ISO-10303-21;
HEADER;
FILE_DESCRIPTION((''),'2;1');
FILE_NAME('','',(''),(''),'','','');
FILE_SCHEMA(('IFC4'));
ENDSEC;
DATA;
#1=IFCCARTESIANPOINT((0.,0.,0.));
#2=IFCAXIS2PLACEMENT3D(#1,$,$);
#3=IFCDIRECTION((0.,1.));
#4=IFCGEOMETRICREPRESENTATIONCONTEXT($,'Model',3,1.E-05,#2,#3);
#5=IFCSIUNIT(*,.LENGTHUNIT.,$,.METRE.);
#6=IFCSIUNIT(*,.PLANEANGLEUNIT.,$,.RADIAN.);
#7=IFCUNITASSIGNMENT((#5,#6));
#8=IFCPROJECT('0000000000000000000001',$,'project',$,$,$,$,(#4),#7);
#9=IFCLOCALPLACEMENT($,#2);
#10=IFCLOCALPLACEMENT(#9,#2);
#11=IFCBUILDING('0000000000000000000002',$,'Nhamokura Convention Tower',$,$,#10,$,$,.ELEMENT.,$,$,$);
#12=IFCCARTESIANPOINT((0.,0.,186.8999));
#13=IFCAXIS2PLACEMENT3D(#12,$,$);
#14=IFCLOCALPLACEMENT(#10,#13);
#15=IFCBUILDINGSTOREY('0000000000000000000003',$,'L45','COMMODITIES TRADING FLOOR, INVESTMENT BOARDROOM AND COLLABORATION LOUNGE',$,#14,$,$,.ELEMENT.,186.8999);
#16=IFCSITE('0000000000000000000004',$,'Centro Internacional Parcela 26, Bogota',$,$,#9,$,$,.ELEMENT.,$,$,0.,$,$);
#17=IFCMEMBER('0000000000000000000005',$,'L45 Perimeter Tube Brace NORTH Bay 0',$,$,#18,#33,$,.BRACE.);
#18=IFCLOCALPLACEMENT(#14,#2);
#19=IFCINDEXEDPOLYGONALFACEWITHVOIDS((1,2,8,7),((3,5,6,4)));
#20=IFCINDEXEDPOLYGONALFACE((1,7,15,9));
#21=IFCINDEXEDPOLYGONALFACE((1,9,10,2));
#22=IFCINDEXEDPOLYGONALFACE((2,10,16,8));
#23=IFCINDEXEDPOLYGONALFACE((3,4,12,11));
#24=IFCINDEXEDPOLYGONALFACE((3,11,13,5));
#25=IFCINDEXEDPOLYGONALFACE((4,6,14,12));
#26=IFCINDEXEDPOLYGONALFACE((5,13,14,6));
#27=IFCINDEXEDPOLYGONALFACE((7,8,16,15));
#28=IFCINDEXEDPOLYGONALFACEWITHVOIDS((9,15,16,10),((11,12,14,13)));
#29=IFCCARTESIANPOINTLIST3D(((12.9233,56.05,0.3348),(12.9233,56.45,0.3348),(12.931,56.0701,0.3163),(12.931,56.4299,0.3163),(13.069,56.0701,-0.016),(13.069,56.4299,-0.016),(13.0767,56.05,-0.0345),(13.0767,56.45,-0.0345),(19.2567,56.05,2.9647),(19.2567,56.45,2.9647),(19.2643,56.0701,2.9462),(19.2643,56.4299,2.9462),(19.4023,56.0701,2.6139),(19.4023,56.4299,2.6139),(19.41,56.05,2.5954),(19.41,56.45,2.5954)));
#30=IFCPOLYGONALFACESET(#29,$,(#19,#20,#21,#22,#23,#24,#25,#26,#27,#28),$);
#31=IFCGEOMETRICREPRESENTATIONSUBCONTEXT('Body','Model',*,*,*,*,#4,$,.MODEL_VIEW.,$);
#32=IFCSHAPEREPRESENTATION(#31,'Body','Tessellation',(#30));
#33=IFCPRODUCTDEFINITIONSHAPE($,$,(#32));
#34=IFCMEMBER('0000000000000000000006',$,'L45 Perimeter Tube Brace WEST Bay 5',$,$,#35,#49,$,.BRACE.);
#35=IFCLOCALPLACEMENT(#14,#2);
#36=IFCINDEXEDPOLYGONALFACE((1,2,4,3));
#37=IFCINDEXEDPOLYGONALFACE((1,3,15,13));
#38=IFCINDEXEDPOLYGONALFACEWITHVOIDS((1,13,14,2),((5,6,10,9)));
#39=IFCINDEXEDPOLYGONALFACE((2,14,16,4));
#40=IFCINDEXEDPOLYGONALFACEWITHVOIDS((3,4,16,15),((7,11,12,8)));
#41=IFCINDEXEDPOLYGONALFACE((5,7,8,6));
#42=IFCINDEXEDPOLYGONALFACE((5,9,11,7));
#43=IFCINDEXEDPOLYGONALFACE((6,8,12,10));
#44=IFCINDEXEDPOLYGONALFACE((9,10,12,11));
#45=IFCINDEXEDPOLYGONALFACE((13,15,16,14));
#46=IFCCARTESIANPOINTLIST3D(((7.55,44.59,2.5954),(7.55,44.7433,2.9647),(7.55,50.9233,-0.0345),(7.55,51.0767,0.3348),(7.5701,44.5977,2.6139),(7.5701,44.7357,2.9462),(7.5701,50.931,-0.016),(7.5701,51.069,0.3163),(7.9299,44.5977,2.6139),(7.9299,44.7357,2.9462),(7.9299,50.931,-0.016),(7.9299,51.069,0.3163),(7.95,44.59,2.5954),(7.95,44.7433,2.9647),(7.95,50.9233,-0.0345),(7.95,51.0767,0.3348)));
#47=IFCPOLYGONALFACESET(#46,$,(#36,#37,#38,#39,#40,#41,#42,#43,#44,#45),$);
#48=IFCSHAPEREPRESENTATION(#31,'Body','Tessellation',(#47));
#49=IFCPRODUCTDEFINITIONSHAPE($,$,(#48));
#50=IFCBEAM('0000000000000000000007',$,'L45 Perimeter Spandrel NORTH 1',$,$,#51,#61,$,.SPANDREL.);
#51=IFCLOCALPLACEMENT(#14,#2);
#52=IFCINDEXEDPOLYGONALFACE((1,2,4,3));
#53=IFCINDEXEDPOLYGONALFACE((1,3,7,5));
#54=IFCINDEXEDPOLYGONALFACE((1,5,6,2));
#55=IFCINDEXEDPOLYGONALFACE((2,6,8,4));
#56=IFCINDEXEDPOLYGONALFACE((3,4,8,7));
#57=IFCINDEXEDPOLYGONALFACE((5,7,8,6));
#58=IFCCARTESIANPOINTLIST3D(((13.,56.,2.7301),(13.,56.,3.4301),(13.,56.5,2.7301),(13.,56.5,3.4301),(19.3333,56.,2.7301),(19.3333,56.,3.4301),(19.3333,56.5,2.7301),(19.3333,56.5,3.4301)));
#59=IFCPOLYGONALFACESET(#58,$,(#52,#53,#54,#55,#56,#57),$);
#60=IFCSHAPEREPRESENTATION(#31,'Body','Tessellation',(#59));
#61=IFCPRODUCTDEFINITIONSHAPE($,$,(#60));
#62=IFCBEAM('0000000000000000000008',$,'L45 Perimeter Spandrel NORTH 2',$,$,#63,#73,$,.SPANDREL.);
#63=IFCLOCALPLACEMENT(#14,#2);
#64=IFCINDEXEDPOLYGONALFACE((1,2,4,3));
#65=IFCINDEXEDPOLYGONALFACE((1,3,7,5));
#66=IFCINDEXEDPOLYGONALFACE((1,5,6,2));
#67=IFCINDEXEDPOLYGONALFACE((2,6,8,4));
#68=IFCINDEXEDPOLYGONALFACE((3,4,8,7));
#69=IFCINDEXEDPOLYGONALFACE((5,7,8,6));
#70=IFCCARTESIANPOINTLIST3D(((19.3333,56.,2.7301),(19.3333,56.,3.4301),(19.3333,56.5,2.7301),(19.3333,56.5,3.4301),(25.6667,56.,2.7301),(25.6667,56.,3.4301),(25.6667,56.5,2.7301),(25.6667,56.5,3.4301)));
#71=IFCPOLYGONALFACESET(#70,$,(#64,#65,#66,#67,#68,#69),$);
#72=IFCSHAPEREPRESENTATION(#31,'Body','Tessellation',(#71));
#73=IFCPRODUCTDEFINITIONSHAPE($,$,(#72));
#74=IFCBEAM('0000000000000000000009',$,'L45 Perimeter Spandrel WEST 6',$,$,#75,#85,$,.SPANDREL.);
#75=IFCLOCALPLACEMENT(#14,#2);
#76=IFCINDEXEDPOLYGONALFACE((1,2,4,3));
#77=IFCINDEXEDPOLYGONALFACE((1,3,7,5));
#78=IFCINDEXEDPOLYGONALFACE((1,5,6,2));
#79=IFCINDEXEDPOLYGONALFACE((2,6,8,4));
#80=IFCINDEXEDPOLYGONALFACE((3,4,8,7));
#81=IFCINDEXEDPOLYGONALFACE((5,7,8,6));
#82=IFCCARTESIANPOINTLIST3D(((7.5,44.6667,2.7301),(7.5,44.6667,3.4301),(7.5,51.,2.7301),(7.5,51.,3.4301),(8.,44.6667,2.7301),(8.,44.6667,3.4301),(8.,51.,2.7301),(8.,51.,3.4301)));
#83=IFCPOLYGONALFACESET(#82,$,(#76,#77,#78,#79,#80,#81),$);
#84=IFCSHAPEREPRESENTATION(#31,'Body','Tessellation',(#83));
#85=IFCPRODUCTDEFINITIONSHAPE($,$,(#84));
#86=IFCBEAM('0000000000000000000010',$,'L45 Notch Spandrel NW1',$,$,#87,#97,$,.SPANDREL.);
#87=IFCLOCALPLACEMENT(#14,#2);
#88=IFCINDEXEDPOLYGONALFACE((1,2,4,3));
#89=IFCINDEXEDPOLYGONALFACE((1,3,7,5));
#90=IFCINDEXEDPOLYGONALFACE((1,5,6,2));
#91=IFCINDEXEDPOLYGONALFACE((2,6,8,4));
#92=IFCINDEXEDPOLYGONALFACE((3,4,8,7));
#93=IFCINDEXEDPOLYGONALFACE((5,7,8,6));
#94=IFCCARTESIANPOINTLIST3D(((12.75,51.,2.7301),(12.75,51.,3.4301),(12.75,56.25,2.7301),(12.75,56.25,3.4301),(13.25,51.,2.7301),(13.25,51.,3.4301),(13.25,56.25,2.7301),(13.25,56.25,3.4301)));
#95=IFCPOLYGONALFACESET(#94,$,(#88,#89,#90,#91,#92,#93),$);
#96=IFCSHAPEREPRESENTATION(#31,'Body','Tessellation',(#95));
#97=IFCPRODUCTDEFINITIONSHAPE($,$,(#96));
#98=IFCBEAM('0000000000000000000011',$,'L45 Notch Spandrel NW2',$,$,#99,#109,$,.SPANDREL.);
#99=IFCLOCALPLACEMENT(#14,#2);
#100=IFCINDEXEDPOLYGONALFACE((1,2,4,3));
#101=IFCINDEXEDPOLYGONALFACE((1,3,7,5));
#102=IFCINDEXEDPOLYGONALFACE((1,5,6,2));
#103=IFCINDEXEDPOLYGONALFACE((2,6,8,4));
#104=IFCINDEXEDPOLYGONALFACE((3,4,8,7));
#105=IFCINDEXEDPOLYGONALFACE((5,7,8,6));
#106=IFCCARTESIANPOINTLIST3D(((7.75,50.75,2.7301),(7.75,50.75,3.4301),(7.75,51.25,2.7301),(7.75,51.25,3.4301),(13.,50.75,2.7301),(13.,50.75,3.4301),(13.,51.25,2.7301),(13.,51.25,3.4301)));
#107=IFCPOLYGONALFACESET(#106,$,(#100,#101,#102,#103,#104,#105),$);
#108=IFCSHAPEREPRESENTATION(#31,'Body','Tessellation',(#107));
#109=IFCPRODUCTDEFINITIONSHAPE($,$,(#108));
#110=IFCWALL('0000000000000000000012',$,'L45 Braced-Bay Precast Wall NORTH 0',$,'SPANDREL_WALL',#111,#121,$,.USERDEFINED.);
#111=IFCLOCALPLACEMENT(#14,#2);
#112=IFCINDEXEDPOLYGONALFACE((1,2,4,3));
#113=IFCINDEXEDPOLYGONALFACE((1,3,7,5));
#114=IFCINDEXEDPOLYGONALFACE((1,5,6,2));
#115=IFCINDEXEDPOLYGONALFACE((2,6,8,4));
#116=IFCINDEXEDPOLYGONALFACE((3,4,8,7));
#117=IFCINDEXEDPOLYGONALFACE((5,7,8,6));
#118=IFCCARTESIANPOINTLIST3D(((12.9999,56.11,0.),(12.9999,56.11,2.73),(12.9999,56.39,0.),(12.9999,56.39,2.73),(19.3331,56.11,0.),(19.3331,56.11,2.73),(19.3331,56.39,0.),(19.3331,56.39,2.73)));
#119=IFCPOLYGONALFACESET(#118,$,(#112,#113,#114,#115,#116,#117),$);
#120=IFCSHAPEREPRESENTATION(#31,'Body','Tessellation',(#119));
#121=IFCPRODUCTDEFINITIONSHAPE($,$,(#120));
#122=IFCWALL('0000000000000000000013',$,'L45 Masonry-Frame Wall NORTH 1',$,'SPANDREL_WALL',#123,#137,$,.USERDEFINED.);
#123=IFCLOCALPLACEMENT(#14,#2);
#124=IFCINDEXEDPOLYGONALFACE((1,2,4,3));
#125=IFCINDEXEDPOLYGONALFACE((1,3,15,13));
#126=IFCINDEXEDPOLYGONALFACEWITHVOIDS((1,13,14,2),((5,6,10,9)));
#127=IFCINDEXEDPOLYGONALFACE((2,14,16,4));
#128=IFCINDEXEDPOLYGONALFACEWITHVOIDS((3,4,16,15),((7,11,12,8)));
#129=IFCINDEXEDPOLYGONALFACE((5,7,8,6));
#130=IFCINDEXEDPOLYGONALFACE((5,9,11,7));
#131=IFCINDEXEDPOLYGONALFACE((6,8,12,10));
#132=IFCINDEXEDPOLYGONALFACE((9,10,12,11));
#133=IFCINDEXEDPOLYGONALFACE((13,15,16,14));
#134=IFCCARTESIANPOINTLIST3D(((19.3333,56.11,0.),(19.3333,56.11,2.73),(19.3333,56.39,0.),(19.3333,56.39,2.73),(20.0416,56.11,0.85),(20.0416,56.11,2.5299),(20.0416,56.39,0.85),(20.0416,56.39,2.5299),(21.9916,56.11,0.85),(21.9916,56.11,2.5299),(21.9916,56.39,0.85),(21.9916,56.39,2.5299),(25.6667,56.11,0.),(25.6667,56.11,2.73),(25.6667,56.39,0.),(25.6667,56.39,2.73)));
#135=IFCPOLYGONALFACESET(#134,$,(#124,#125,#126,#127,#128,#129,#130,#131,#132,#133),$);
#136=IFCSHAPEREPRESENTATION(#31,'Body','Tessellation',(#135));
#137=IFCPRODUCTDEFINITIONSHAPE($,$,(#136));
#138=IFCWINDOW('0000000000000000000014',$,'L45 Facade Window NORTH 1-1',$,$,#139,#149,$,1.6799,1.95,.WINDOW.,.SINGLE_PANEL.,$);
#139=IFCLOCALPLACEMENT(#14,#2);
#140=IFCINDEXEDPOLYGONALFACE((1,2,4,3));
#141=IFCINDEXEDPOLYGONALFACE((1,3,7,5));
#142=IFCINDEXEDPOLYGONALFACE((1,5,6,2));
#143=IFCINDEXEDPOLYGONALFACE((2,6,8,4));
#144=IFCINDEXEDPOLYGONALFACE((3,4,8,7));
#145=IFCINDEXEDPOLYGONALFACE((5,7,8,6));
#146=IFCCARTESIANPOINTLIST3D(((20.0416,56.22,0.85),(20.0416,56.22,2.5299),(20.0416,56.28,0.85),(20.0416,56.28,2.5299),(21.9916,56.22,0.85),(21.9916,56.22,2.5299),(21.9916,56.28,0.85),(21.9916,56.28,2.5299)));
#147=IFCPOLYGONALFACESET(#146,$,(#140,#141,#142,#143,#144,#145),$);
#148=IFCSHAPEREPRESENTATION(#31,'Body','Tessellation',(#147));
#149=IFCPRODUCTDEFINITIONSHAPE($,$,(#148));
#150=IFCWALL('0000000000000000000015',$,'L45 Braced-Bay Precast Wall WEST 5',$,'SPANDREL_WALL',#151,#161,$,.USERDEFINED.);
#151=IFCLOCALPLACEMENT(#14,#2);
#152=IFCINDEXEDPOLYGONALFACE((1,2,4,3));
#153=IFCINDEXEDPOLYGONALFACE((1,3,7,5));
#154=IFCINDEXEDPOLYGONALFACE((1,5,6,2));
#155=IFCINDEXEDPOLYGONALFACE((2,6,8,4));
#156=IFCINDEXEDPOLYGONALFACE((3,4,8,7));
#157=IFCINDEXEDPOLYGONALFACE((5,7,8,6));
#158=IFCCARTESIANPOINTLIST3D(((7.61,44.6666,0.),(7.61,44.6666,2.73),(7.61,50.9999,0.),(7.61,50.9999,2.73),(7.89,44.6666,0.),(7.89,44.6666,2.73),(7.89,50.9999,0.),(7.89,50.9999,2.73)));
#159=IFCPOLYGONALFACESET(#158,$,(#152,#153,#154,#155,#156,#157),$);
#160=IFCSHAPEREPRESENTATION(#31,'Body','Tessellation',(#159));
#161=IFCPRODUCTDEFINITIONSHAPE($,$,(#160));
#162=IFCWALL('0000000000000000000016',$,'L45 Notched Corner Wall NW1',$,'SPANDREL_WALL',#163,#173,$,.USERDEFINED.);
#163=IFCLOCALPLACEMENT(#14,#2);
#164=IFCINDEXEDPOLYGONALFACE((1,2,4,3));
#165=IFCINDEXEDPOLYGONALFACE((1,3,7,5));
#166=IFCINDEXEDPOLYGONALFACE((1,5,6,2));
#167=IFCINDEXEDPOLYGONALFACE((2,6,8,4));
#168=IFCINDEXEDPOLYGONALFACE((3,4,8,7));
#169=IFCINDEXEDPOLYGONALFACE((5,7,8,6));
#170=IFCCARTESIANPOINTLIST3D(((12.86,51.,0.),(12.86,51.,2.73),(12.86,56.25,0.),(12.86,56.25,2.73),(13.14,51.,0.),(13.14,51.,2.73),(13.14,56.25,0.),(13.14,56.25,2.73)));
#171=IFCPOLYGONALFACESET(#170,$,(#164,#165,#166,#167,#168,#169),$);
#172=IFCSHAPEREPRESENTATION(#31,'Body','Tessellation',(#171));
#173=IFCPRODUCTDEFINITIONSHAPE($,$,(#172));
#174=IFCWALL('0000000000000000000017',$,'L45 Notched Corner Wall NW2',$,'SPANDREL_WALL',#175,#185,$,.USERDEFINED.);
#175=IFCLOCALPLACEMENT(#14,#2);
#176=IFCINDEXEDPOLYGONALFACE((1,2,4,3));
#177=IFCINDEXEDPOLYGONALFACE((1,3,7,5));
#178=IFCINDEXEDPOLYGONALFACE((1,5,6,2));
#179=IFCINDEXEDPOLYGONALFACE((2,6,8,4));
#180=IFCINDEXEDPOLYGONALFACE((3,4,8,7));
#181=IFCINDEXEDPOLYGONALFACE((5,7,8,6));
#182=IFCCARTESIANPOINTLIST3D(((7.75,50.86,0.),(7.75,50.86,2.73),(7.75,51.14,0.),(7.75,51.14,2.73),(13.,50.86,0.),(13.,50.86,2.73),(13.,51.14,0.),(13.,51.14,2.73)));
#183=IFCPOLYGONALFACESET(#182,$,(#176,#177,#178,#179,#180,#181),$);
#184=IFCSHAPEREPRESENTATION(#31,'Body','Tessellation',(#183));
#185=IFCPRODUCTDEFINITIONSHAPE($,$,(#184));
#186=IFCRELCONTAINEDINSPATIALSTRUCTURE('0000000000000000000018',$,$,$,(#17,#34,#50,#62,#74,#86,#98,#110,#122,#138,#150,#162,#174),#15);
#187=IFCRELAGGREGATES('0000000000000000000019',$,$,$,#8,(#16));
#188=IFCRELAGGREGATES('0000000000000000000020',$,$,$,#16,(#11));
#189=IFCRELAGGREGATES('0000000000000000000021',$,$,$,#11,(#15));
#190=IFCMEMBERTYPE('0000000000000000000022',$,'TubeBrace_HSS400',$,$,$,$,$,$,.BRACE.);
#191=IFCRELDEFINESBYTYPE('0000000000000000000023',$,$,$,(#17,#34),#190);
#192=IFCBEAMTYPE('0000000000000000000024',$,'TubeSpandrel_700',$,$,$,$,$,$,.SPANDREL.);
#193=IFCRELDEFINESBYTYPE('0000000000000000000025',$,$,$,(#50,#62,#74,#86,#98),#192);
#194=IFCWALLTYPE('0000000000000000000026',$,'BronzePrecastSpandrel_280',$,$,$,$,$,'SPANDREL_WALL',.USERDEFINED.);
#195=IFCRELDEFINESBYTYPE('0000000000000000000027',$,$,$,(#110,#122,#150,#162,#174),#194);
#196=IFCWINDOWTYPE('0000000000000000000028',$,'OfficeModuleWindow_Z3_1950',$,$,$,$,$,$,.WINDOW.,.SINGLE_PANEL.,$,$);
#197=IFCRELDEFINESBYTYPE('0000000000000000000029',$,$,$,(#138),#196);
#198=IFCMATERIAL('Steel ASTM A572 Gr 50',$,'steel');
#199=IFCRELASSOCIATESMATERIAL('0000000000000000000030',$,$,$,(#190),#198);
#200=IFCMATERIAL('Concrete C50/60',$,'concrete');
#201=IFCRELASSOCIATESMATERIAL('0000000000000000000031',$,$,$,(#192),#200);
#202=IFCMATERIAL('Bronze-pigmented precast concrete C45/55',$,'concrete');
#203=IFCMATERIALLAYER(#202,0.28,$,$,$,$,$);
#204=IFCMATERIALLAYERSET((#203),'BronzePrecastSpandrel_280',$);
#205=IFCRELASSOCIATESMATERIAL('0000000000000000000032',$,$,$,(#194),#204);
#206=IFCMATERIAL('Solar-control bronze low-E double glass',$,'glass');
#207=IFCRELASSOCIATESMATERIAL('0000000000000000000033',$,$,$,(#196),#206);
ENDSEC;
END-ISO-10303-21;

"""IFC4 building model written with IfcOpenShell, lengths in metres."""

from ifc_helpers import new_model, si_unit, direction, frame, frame_2d, origin, origin_2d, place, context, subcontext, project, spatial, rectangle, hollow_rectangle, extrude, material, layer, layer_set, material_profile, profile_set, type_object, element, fill, save


model = new_model("IFC4")

# Units and contexts
model_context = context("Model", 3, precision=1e-05, world=origin(), true_north=direction((0.0, 1.0)))
body_context = subcontext(model_context, "Body", "Model", "MODEL_VIEW")
ifc_project = project(units=[si_unit("LENGTHUNIT", "METRE"), si_unit("PLANEANGLEUNIT", "RADIAN")], contexts=[model_context])

# Site, building, storey
site_placement = place(None, origin())
site = spatial("IfcSite", under=ifc_project, at=site_placement, Name="Centro Internacional Parcela 26, Bogota", CompositionType="ELEMENT", RefElevation=0.0)
building_placement = place(site_placement, origin())
building = spatial("IfcBuilding", under=site, at=building_placement, Name="Nhamokura Convention Tower", CompositionType="ELEMENT")
storey_placement = place(building_placement, frame((0.0, 0.0, 186.8999)))
storey = spatial("IfcBuildingStorey", under=building, at=storey_placement, Name="L45", Description="COMMODITIES TRADING FLOOR, INVESTMENT BOARDROOM AND COLLABORATION LOUNGE", CompositionType="ELEMENT", Elevation=186.8999)

# Members
ifc_material_1 = material(Name="Steel ASTM A572 Gr 50", Category="steel")
ifc_material_profile_1 = material_profile(ifc_material_1, hollow_rectangle(XDim=0.3999, YDim=0.3999, WallThickness=0.02, at=origin_2d()))
ifc_profile_set_1 = profile_set([ifc_material_profile_1], Name="Steel ASTM A572 Gr 50")
member_type_1 = type_object("IfcMemberType", Name="TubeBrace_HSS400", PredefinedType="BRACE", material=ifc_profile_set_1)
for number, where, z_axis, x_axis, name in (
    (1, (13.0, 56.25, 0.1501), (0.923541, 0.0, 0.3835), (0.0, 1.0, 0.0), "L45 Perimeter Tube Brace NORTH Bay 0"),
    (2, (7.75, 51.0, 0.1501), (0.0, -0.923541, 0.3835), (1.0, 0.0, 0.0), "L45 Perimeter Tube Brace WEST Bay 5"),
):
    element("IfcMember", number, at=place(storey_placement, frame(where, z_axis=z_axis, x_axis=x_axis)), inside=storey, type_object=member_type_1, Name=name, PredefinedType="BRACE", context=body_context, shape_type="SweptSolid", body=[
        extrude(hollow_rectangle(XDim=0.3999, YDim=0.3999, WallThickness=0.02, at=origin_2d()), origin(), (0.0, 0.0, 1.0), 6.8577),
    ])

# Beams
ifc_material_2 = material(Name="Concrete C50/60", Category="concrete")
ifc_material_profile_2 = material_profile(ifc_material_2, rectangle(XDim=0.5, YDim=0.7, at=origin_2d()))
ifc_profile_set_2 = profile_set([ifc_material_profile_2], Name="Concrete C50/60")
beam_type_1 = type_object("IfcBeamType", Name="TubeSpandrel_700", PredefinedType="SPANDREL", material=ifc_profile_set_2)
beam_1_placement = place(storey_placement, frame((13.0, 56.25, 3.0801), z_axis=(1.0, 0.0, 0.0), x_axis=(0.0, 1.0, 0.0)))
element("IfcBeam", 3, at=beam_1_placement, inside=storey, type_object=beam_type_1, Name="L45 Perimeter Spandrel NORTH 1", PredefinedType="SPANDREL", context=body_context, shape_type="SweptSolid", body=[
    extrude(rectangle(XDim=0.5, YDim=0.7, at=origin_2d()), origin(), (0.0, 0.0, 1.0), 6.3333),
])
beam_2_placement = place(storey_placement, frame((19.3333, 56.25, 3.0801), z_axis=(1.0, 0.0, 0.0), x_axis=(0.0, 1.0, 0.0)))
element("IfcBeam", 4, at=beam_2_placement, inside=storey, type_object=beam_type_1, Name="L45 Perimeter Spandrel NORTH 2", PredefinedType="SPANDREL", context=body_context, shape_type="SweptSolid", body=[
    extrude(rectangle(XDim=0.5, YDim=0.7, at=origin_2d()), origin(), (0.0, 0.0, 1.0), 6.3335),
])
beam_3_placement = place(storey_placement, frame((7.75, 44.6667, 3.0801), z_axis=(0.0, 1.0, 0.0), x_axis=(-1.0, 0.0, 0.0)))
element("IfcBeam", 5, at=beam_3_placement, inside=storey, type_object=beam_type_1, Name="L45 Perimeter Spandrel WEST 6", PredefinedType="SPANDREL", context=body_context, shape_type="SweptSolid", body=[
    extrude(rectangle(XDim=0.5, YDim=0.7, at=origin_2d()), origin(), (0.0, 0.0, 1.0), 6.3333),
])
for number, where, z_axis, x_axis, name in (
    (6, (13.0, 56.25, 3.0801), (0.0, -1.0, 0.0), (1.0, 0.0, 0.0), "L45 Notch Spandrel NW1"),
    (7, (13.0, 51.0, 3.0801), (-1.0, 0.0, 0.0), (0.0, -1.0, 0.0), "L45 Notch Spandrel NW2"),
):
    element("IfcBeam", number, at=place(storey_placement, frame(where, z_axis=z_axis, x_axis=x_axis)), inside=storey, type_object=beam_type_1, Name=name, PredefinedType="SPANDREL", context=body_context, shape_type="SweptSolid", body=[
        extrude(rectangle(XDim=0.5, YDim=0.7, at=origin_2d()), origin(), (0.0, 0.0, 1.0), 5.25),
    ])

# Wall
ifc_material_3 = material(Name="Bronze-pigmented precast concrete C45/55", Category="concrete")
ifc_layer_1 = layer(ifc_material_3, 0.28)
ifc_layer_set_1 = layer_set([ifc_layer_1], Name="BronzePrecastSpandrel_280")
wall_type_1 = type_object("IfcWallType", Name="BronzePrecastSpandrel_280", ElementType="SPANDREL_WALL", PredefinedType="USERDEFINED", material=ifc_layer_set_1)
wall_1_placement = place(storey_placement, frame((13.0, 56.25, 0.0), z_axis=(0.0, 0.0, 1.0), x_axis=(1.0, 0.0, 0.0)))
element("IfcWall", 8, at=wall_1_placement, inside=storey, type_object=wall_type_1, Name="L45 Braced-Bay Precast Wall NORTH 0", ObjectType="SPANDREL_WALL", PredefinedType="USERDEFINED", context=body_context, shape_type="SweptSolid", body=[
    extrude(rectangle(XDim=6.3333, YDim=0.28, at=frame_2d((3.1665, 0.0))), origin(), (0.0, 0.0, 1.0), 2.73),
])

# Wall, opening, window
wall_2_placement = place(storey_placement, frame((19.3333, 56.25, 0.0), z_axis=(0.0, 0.0, 1.0), x_axis=(1.0, 0.0, 0.0)))
wall_2 = element("IfcWall", 9, at=wall_2_placement, inside=storey, type_object=wall_type_1, Name="L45 Masonry-Frame Wall NORTH 1", ObjectType="SPANDREL_WALL", PredefinedType="USERDEFINED", context=body_context, shape_type="SweptSolid", body=[
    extrude(rectangle(XDim=6.3335, YDim=0.28, at=frame_2d((3.1667, 0.0))), origin(), (0.0, 0.0, 1.0), 2.73),
])
opening_1_placement = place(wall_2_placement, frame((0.7083, 0.0, 0.8501)))
opening_1 = element("IfcOpeningElement", 10, at=opening_1_placement, cuts=wall_2, PredefinedType="OPENING", context=body_context, shape_type="SweptSolid", body=[
    extrude(rectangle(XDim=1.95, YDim=1.6799, at=frame_2d((0.9751, 0.8398))), frame((0.0, 0.1499, 0.0), z_axis=(0.0, -1.0, 0.0), x_axis=(1.0, 0.0, 0.0)), (0.0, 0.0, 1.0), 0.3),
])
ifc_material_4 = material(Name="Solar-control bronze low-E double glass", Category="glass")
window_type = type_object("IfcWindowType", Name="OfficeModuleWindow_Z3_1950", PartitioningType="SINGLE_PANEL", PredefinedType="WINDOW", material=ifc_material_4)
window_placement = place(opening_1_placement, origin())
window = element("IfcWindow", 11, at=window_placement, inside=storey, type_object=window_type, Name="L45 Facade Window NORTH 1-1", OverallHeight=1.6799, OverallWidth=1.95, PartitioningType="SINGLE_PANEL", PredefinedType="WINDOW", context=body_context, shape_type="SweptSolid", body=[
    extrude(rectangle(XDim=1.95, YDim=1.6799, at=frame_2d((0.9751, 0.8398))), frame((0.0, 0.03, 0.0), z_axis=(0.0, -1.0, 0.0), x_axis=(1.0, 0.0, 0.0)), (0.0, 0.0, 1.0), 0.0601),
])
fill(opening_1, window)

# Walls
wall_3_placement = place(storey_placement, frame((7.75, 44.6667, 0.0), z_axis=(0.0, 0.0, 1.0), x_axis=(0.0, 1.0, 0.0)))
element("IfcWall", 12, at=wall_3_placement, inside=storey, type_object=wall_type_1, Name="L45 Braced-Bay Precast Wall WEST 5", ObjectType="SPANDREL_WALL", PredefinedType="USERDEFINED", context=body_context, shape_type="SweptSolid", body=[
    extrude(rectangle(XDim=6.3333, YDim=0.28, at=frame_2d((3.1665, 0.0))), origin(), (0.0, 0.0, 1.0), 2.73),
])
for number, where, z_axis, x_axis, name in (
    (13, (13.0, 51.0, 0.0), (0.0, 0.0, 1.0), (0.0, 1.0, 0.0), "L45 Notched Corner Wall NW1"),
    (14, (7.75, 51.0, 0.0), (0.0, 0.0, 1.0), (1.0, 0.0, 0.0), "L45 Notched Corner Wall NW2"),
):
    element("IfcWall", number, at=place(storey_placement, frame(where, z_axis=z_axis, x_axis=x_axis)), inside=storey, type_object=wall_type_1, Name=name, ObjectType="SPANDREL_WALL", PredefinedType="USERDEFINED", context=body_context, shape_type="SweptSolid", body=[
        extrude(rectangle(XDim=5.25, YDim=0.28, at=frame_2d((2.625, 0.0))), origin(), (0.0, 0.0, 1.0), 2.73),
    ])

save(model, "model.ifc")
